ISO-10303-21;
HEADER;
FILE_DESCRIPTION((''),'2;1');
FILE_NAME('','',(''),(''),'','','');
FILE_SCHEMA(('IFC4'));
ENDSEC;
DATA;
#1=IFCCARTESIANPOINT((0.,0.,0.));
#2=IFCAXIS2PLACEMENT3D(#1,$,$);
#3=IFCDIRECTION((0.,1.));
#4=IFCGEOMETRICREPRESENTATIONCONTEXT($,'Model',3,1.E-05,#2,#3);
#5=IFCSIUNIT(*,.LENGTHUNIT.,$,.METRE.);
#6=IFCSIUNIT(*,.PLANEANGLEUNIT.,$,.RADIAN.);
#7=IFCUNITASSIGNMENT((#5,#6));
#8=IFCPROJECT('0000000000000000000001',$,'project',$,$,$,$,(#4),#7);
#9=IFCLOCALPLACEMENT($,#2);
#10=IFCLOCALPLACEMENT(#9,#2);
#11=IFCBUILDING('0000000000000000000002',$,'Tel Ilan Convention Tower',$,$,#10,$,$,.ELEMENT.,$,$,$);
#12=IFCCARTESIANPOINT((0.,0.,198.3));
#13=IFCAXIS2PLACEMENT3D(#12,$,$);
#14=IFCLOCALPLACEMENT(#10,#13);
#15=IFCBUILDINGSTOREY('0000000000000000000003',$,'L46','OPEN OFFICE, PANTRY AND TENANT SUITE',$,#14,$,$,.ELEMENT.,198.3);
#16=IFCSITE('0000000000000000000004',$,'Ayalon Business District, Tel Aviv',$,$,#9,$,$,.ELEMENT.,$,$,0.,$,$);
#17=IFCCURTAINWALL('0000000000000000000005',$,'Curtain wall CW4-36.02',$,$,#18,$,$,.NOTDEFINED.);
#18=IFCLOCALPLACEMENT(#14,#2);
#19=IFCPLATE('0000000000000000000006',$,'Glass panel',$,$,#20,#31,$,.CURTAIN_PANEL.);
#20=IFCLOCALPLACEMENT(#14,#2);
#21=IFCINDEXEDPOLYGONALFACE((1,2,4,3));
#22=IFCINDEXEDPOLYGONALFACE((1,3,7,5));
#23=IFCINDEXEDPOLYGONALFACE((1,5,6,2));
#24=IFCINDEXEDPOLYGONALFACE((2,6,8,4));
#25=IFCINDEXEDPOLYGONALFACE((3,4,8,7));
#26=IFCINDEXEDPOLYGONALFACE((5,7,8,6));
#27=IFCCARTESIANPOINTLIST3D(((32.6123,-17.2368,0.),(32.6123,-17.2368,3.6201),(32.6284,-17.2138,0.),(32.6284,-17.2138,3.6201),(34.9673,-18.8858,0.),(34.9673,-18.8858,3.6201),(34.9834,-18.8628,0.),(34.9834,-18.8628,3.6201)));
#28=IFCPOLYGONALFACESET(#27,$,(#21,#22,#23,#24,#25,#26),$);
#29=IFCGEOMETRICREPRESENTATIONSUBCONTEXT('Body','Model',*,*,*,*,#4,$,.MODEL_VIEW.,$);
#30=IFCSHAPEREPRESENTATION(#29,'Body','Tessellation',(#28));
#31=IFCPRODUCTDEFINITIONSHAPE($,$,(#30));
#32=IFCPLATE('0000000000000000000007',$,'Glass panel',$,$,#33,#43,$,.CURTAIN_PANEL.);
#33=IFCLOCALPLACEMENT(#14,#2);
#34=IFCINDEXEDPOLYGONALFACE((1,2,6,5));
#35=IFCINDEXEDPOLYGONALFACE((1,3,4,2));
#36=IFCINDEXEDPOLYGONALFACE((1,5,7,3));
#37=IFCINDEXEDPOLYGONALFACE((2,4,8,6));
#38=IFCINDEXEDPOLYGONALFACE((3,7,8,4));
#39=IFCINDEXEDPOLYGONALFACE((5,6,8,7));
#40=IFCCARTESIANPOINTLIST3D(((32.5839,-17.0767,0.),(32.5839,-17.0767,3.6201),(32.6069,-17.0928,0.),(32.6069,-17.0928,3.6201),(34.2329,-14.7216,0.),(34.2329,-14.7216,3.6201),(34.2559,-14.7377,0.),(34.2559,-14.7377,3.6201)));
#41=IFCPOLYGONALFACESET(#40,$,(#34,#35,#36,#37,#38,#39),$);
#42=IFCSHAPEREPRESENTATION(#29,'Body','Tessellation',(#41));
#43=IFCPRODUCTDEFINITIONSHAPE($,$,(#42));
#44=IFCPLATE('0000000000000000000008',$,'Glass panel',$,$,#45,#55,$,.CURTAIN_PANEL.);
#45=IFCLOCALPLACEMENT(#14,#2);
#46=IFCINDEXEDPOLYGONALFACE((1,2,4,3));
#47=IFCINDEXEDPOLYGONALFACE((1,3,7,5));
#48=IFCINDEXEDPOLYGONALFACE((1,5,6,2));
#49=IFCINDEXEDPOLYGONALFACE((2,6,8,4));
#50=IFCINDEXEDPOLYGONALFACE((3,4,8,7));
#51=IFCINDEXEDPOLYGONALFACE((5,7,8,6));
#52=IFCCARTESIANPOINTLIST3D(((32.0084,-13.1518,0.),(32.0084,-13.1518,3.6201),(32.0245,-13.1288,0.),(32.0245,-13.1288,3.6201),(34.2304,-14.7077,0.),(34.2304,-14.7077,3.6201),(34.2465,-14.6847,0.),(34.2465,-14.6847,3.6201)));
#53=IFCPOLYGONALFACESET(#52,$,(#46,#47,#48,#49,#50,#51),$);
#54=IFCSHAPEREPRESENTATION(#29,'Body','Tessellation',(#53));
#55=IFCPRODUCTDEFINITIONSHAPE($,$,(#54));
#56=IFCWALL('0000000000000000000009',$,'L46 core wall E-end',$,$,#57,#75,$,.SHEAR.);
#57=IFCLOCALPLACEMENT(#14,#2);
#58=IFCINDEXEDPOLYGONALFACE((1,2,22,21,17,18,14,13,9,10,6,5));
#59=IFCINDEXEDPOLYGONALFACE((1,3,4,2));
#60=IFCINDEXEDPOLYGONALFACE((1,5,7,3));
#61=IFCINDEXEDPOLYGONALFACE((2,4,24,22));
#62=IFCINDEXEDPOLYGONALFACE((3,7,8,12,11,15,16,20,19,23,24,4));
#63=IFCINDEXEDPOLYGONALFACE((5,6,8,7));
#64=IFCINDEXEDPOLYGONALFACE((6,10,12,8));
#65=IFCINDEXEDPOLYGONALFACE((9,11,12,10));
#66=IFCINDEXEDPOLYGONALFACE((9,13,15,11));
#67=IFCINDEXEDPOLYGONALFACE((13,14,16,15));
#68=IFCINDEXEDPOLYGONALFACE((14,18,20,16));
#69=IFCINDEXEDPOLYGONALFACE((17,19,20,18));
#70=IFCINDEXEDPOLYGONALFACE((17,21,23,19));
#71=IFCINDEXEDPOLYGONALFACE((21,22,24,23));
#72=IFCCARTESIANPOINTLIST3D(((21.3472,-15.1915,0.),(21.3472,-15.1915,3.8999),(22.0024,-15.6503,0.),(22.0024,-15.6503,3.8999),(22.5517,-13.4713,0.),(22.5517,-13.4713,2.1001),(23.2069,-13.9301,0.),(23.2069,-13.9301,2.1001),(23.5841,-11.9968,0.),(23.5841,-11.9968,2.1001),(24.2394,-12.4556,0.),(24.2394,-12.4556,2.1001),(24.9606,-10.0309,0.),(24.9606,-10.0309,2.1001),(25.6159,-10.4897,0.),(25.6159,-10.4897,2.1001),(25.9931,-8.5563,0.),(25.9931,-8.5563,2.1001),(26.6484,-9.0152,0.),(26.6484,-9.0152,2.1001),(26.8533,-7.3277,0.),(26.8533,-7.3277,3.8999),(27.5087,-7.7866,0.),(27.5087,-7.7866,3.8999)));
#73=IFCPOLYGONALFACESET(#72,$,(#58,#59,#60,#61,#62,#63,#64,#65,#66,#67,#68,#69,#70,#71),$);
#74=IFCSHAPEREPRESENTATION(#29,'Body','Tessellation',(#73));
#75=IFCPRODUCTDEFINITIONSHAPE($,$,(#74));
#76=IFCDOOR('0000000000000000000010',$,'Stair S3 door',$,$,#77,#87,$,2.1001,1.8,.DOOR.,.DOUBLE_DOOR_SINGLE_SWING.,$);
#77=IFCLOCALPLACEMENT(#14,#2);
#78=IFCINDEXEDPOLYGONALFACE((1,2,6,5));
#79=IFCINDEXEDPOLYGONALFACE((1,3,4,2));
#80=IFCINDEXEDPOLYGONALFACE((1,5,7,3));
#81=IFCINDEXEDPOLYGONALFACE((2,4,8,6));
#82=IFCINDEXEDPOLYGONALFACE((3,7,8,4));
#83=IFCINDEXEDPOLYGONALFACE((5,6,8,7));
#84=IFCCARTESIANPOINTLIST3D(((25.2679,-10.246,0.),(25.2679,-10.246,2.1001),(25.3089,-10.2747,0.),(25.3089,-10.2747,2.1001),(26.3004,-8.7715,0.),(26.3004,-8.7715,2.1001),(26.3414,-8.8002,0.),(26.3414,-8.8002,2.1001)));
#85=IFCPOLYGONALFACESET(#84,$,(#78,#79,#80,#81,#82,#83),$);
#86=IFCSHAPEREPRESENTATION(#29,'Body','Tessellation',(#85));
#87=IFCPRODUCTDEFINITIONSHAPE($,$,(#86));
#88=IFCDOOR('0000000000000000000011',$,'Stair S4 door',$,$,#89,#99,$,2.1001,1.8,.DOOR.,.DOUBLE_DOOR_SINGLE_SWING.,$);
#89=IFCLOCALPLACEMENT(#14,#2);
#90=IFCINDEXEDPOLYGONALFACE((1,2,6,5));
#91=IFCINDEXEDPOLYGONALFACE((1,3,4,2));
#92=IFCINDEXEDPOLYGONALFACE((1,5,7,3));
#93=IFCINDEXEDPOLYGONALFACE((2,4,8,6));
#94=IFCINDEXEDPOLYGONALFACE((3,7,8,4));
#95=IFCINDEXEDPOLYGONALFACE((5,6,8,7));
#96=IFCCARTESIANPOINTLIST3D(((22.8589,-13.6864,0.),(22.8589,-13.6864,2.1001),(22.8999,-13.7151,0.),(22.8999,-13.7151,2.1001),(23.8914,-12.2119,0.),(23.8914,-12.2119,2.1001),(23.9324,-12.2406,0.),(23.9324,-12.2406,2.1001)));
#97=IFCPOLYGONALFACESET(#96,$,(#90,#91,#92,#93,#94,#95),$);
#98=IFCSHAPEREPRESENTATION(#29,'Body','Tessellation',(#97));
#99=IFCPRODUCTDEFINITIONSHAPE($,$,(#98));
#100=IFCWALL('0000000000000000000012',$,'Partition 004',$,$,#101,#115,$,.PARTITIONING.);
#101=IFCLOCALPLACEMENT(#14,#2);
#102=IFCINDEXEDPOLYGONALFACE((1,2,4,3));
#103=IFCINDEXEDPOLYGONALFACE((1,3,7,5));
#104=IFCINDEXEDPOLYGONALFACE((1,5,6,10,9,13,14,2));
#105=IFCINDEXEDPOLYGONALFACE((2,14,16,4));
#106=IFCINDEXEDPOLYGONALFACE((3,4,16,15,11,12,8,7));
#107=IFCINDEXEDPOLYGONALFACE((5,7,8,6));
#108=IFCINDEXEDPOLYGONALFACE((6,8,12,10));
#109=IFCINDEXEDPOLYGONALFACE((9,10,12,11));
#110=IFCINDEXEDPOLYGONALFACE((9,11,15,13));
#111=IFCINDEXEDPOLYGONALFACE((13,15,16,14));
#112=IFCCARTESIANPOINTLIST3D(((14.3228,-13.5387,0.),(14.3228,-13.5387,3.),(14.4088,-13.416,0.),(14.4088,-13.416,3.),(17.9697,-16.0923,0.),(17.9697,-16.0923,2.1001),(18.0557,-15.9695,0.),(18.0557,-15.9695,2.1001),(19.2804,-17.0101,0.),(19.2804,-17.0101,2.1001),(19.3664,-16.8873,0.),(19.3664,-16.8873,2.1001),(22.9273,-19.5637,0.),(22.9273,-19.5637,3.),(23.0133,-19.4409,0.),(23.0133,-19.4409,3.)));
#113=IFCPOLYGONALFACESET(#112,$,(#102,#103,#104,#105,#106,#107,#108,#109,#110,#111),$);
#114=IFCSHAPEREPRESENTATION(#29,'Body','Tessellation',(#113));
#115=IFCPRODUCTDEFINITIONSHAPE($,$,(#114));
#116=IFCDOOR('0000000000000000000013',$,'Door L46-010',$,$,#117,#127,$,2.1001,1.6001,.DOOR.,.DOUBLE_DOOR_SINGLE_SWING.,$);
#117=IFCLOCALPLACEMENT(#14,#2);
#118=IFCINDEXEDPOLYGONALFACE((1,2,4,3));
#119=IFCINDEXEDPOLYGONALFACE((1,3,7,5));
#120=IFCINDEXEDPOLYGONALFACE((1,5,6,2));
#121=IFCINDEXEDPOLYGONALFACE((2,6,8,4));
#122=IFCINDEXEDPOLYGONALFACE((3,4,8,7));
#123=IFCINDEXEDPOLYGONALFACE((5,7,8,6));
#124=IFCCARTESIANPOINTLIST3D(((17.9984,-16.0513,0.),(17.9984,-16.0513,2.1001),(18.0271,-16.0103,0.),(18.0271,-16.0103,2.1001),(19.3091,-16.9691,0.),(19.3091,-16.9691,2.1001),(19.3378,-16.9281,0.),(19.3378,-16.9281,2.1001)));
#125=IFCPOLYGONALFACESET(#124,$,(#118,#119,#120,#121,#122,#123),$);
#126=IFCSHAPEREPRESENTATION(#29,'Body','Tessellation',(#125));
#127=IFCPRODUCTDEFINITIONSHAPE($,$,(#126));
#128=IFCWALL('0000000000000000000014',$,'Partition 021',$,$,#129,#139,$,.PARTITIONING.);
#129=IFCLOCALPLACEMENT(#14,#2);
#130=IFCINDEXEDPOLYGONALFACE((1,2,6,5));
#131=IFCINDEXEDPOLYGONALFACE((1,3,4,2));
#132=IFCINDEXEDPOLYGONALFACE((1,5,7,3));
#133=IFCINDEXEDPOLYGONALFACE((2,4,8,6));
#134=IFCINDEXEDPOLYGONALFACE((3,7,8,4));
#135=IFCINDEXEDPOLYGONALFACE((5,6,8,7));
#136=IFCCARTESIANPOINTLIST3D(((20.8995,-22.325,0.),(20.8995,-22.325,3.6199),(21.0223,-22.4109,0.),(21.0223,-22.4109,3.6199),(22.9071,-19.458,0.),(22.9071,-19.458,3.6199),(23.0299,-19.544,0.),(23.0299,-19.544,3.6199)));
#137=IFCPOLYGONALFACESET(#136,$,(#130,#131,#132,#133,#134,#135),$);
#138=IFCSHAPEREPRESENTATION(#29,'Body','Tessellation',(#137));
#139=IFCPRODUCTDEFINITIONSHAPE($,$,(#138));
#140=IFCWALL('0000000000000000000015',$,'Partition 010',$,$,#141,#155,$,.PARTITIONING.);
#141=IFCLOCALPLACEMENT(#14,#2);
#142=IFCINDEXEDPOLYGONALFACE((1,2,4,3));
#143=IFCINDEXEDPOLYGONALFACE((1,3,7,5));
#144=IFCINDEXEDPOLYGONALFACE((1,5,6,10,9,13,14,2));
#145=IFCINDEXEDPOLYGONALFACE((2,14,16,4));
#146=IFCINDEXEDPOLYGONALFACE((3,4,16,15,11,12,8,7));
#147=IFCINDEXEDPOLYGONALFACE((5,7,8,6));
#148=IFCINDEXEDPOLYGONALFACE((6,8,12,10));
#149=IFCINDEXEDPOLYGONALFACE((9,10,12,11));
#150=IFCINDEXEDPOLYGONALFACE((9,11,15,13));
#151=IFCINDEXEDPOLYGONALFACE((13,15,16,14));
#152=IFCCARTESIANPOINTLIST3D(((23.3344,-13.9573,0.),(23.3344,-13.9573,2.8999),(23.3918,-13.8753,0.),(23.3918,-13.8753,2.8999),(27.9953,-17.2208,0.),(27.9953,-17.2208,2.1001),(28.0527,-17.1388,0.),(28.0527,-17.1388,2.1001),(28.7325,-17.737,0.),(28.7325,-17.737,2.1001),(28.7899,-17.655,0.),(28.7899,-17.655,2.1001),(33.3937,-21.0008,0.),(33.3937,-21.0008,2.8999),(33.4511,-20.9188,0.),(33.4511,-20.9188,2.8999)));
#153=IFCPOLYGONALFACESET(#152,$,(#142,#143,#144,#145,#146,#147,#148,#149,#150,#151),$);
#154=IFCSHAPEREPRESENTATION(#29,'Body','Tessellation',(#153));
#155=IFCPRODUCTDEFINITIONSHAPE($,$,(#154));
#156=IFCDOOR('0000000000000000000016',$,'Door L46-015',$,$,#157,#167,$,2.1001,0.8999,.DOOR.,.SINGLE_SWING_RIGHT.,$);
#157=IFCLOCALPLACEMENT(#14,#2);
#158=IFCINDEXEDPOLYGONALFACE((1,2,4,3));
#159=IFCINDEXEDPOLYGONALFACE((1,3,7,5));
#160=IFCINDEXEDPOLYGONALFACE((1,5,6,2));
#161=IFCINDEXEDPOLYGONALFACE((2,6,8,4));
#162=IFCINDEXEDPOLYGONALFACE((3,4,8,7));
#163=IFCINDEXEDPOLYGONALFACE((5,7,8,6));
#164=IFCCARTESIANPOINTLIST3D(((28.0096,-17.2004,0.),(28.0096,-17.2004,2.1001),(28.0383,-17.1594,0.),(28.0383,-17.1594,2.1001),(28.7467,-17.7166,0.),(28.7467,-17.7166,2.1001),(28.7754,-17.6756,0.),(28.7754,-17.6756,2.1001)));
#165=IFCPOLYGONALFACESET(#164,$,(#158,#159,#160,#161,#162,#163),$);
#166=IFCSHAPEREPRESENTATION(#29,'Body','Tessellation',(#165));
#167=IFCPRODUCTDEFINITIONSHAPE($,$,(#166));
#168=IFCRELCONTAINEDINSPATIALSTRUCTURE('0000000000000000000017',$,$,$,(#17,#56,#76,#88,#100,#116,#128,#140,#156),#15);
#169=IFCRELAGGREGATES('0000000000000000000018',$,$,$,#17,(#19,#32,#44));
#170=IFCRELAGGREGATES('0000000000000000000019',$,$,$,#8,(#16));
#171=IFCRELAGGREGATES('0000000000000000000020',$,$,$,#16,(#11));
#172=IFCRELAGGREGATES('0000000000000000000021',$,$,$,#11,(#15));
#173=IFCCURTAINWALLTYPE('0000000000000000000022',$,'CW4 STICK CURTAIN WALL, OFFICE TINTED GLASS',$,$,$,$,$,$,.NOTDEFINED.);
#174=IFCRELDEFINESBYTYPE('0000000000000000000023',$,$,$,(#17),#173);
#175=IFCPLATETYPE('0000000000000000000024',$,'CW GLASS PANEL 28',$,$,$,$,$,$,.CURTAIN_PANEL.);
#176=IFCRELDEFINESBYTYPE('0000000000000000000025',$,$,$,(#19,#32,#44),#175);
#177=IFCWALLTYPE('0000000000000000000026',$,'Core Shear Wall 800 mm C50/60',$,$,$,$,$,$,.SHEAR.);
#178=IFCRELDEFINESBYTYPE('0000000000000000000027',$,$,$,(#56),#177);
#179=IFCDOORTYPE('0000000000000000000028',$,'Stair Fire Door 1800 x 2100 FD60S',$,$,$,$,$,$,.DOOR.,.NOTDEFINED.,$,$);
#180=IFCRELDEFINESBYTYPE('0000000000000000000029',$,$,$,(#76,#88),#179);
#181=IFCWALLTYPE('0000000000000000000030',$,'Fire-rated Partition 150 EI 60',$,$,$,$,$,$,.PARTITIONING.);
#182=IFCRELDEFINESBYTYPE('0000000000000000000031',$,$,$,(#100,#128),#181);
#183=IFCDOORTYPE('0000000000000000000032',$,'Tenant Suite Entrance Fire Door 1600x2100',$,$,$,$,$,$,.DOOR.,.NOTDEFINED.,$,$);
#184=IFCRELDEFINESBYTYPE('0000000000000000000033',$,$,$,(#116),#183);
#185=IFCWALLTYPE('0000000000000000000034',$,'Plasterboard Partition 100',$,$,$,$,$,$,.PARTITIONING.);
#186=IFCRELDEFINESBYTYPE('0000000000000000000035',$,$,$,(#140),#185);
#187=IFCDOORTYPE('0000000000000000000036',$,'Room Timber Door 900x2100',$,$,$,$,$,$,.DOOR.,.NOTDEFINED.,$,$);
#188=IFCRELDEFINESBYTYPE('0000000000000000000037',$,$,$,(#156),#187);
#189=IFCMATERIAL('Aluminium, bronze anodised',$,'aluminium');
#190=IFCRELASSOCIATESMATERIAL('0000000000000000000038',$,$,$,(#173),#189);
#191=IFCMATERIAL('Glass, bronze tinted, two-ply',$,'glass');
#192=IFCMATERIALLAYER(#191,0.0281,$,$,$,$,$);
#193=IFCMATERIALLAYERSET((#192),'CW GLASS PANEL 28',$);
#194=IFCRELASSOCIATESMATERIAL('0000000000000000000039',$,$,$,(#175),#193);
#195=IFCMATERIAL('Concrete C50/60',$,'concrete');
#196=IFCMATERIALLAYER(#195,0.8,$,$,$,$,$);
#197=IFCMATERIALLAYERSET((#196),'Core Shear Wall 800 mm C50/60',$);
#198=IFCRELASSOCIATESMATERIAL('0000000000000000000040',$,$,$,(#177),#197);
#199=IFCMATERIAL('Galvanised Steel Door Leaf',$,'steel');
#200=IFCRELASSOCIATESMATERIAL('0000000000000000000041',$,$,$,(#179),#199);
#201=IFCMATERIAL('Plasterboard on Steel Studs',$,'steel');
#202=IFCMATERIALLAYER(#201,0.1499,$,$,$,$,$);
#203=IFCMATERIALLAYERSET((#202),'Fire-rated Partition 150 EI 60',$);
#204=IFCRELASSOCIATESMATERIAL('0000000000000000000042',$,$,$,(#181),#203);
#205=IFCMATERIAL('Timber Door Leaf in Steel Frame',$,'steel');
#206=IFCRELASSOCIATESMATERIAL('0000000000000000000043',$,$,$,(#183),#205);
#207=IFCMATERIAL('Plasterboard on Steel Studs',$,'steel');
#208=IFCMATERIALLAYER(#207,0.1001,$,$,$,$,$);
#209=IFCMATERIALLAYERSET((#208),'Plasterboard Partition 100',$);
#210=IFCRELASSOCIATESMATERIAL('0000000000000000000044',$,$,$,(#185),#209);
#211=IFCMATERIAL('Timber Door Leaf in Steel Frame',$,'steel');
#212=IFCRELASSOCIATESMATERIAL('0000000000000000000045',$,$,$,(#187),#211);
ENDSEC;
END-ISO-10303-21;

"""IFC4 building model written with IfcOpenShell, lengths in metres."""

from ifc_helpers import new_model, si_unit, direction, frame, frame_2d, origin, origin_2d, place, context, subcontext, project, spatial, polyline, rectangle, outline, extrude, material, layer, layer_set, type_object, element, fill, aggregate, save


model = new_model("IFC4")

# Units and contexts
model_context = context("Model", 3, precision=1e-05, world=origin(), true_north=direction((0.0, 1.0)))
body_context = subcontext(model_context, "Body", "Model", "MODEL_VIEW")
ifc_project = project(units=[si_unit("LENGTHUNIT", "METRE"), si_unit("PLANEANGLEUNIT", "RADIAN")], contexts=[model_context])

# Site, building, storey
site_placement = place(None, origin())
site = spatial("IfcSite", under=ifc_project, at=site_placement, Name="Ayalon Business District, Tel Aviv", CompositionType="ELEMENT", RefElevation=0.0)
building_placement = place(site_placement, origin())
building = spatial("IfcBuilding", under=site, at=building_placement, Name="Tel Ilan Convention Tower", CompositionType="ELEMENT")
storey_placement = place(building_placement, frame((0.0, 0.0, 198.3)))
storey = spatial("IfcBuildingStorey", under=building, at=storey_placement, Name="L46", Description="OPEN OFFICE, PANTRY AND TENANT SUITE", CompositionType="ELEMENT", Elevation=198.3)

# Curtain wall, plates
ifc_material_1 = material(Name="Aluminium, bronze anodised", Category="aluminium")
curtain_wall_type = type_object("IfcCurtainWallType", Name="CW4 STICK CURTAIN WALL, OFFICE TINTED GLASS", PredefinedType="NOTDEFINED", material=ifc_material_1)
curtain_wall_placement = place(storey_placement, origin())
curtain_wall = element("IfcCurtainWall", 1, at=curtain_wall_placement, inside=storey, type_object=curtain_wall_type, Name="Curtain wall CW4-36.02", PredefinedType="NOTDEFINED")
ifc_material_2 = material(Name="Glass, bronze tinted, two-ply", Category="glass")
ifc_layer_1 = layer(ifc_material_2, 0.0281)
ifc_layer_set_1 = layer_set([ifc_layer_1], Name="CW GLASS PANEL 28")
plate_type = type_object("IfcPlateType", Name="CW GLASS PANEL 28", PredefinedType="CURTAIN_PANEL", material=ifc_layer_set_1)
plate_1_placement = place(storey_placement, frame((33.7979, -18.0498, 0.0), z_axis=(0.0, 0.0, 1.0), x_axis=(-0.819152, 0.573576, 0.0)))
plate_1 = element("IfcPlate", 2, at=plate_1_placement, type_object=plate_type, Name="Glass panel", PredefinedType="CURTAIN_PANEL", context=body_context, shape_type="SweptSolid", body=[
    extrude(rectangle(XDim=2.875, YDim=0.0281, at=origin_2d()), origin(), (0.0, 0.0, 1.0), 3.6201),
])
plate_2_placement = place(storey_placement, frame((33.4199, -15.9072, 0.0), z_axis=(0.0, 0.0, 1.0), x_axis=(0.573576, 0.819152, 0.0)))
plate_2 = element("IfcPlate", 3, at=plate_2_placement, type_object=plate_type, Name="Glass panel", PredefinedType="CURTAIN_PANEL", context=body_context, shape_type="SweptSolid", body=[
    extrude(rectangle(XDim=2.875, YDim=0.0281, at=origin_2d()), origin(), (0.0, 0.0, 1.0), 3.6201),
])
plate_3_placement = place(storey_placement, frame((33.1274, -13.9182, 0.0), z_axis=(0.0, 0.0, 1.0), x_axis=(-0.819152, 0.573576, 0.0)))
plate_3 = element("IfcPlate", 4, at=plate_3_placement, type_object=plate_type, Name="Glass panel", PredefinedType="CURTAIN_PANEL", context=body_context, shape_type="SweptSolid", body=[
    extrude(rectangle(XDim=2.7126, YDim=0.0281, at=origin_2d()), origin(), (0.0, 0.0, 1.0), 3.6201),
])
aggregate(curtain_wall, [plate_1, plate_2, plate_3])

# Wall, openings, doors
ifc_material_3 = material(Name="Concrete C50/60", Category="concrete")
ifc_layer_2 = layer(ifc_material_3, 0.8)
ifc_layer_set_2 = layer_set([ifc_layer_2], Name="Core Shear Wall 800 mm C50/60")
wall_type_1 = type_object("IfcWallType", Name="Core Shear Wall 800 mm C50/60", PredefinedType="SHEAR", material=ifc_layer_set_2)
wall_1_placement = place(storey_placement, frame((21.6748, -15.4209, 0.0), z_axis=(0.0, 0.0, 1.0), x_axis=(0.573582, 0.819148, 0.0)))
wall_1 = element("IfcWall", 5, at=wall_1_placement, inside=storey, type_object=wall_type_1, Name="L46 core wall E-end", PredefinedType="SHEAR", context=body_context, shape_type="SweptSolid", body=[
    extrude(outline(polyline([(9.5999, 0.4001), (0.0, 0.3999), (0.0, -0.3999), (9.5999, -0.3999), (9.5999, 0.4001)])), origin(), (0.0, 0.0, 1.0), 3.8999),
])
opening_1_placement = place(wall_1_placement, frame((6.3, 0.0, 0.0)))
opening_1 = element("IfcOpeningElement", 6, at=opening_1_placement, cuts=wall_1, PredefinedType="OPENING", context=body_context, shape_type="SweptSolid", body=[
    extrude(rectangle(XDim=1.8, YDim=2.1001, at=frame_2d((0.8999, 1.05))), frame((0.0, 0.4099, 0.0), z_axis=(0.0, -1.0, 0.0), x_axis=(1.0, 0.0, 0.0)), (0.0, 0.0, 1.0), 0.8201),
])
opening_2_placement = place(wall_1_placement, frame((2.1001, 0.0, 0.0)))
opening_2 = element("IfcOpeningElement", 7, at=opening_2_placement, cuts=wall_1, PredefinedType="OPENING", context=body_context, shape_type="SweptSolid", body=[
    extrude(rectangle(XDim=1.8, YDim=2.1001, at=frame_2d((0.8999, 1.05))), frame((0.0, 0.4099, 0.0), z_axis=(0.0, -1.0, 0.0), x_axis=(1.0, 0.0, 0.0)), (0.0, 0.0, 1.0), 0.8201),
])
ifc_material_4 = material(Name="Galvanised Steel Door Leaf", Category="steel")
door_type_1 = type_object("IfcDoorType", Name="Stair Fire Door 1800 x 2100 FD60S", OperationType="NOTDEFINED", PredefinedType="DOOR", material=ifc_material_4)
door_1_placement = place(opening_1_placement, origin())
door_1 = element("IfcDoor", 8, at=door_1_placement, inside=storey, type_object=door_type_1, Name="Stair S3 door", OperationType="DOUBLE_DOOR_SINGLE_SWING", OverallHeight=2.1001, OverallWidth=1.8, PredefinedType="DOOR", context=body_context, shape_type="SweptSolid", body=[
    extrude(rectangle(XDim=1.8, YDim=2.1001, at=frame_2d((0.8999, 1.05))), frame((0.0, 0.0249, 0.0), z_axis=(0.0, -1.0, 0.0), x_axis=(1.0, 0.0, 0.0)), (0.0, 0.0, 1.0), 0.05),
])
fill(opening_1, door_1)
door_2_placement = place(opening_2_placement, origin())
door_2 = element("IfcDoor", 9, at=door_2_placement, inside=storey, type_object=door_type_1, Name="Stair S4 door", OperationType="DOUBLE_DOOR_SINGLE_SWING", OverallHeight=2.1001, OverallWidth=1.8, PredefinedType="DOOR", context=body_context, shape_type="SweptSolid", body=[
    extrude(rectangle(XDim=1.8, YDim=2.1001, at=frame_2d((0.8999, 1.05))), frame((0.0, 0.0249, 0.0), z_axis=(0.0, -1.0, 0.0), x_axis=(1.0, 0.0, 0.0)), (0.0, 0.0, 1.0), 0.05),
])
fill(opening_2, door_2)

# Wall, opening, door
ifc_material_5 = material(Name="Plasterboard on Steel Studs", Category="steel")
ifc_layer_3 = layer(ifc_material_5, 0.1499)
ifc_layer_set_3 = layer_set([ifc_layer_3], Name="Fire-rated Partition 150 EI 60")
wall_type_2 = type_object("IfcWallType", Name="Fire-rated Partition 150 EI 60", PredefinedType="PARTITIONING", material=ifc_layer_set_3)
wall_2_placement = place(storey_placement, frame((22.9702, -19.5022, 0.0), z_axis=(0.0, 0.0, 1.0), x_axis=(-0.819153, 0.573575, 0.0)))
wall_2 = element("IfcWall", 10, at=wall_2_placement, inside=storey, type_object=wall_type_2, Name="Partition 004", PredefinedType="PARTITIONING", context=body_context, shape_type="SweptSolid", body=[
    extrude(rectangle(XDim=10.5042, YDim=0.1499, at=frame_2d((5.252, 0.0))), origin(), (0.0, 0.0, 1.0), 3.0),
])
opening_3_placement = place(wall_2_placement, frame((4.4519, 0.0, 0.0)))
opening_3 = element("IfcOpeningElement", 11, at=opening_3_placement, cuts=wall_2, PredefinedType="OPENING", context=body_context, shape_type="SweptSolid", body=[
    extrude(rectangle(XDim=1.6001, YDim=2.1001, at=frame_2d((0.8, 1.05))), frame((0.0, 0.085, 0.0), z_axis=(0.0, -1.0, 0.0), x_axis=(1.0, 0.0, 0.0)), (0.0, 0.0, 1.0), 0.1699),
])
ifc_material_6 = material(Name="Timber Door Leaf in Steel Frame", Category="steel")
door_type_2 = type_object("IfcDoorType", Name="Tenant Suite Entrance Fire Door 1600x2100", OperationType="NOTDEFINED", PredefinedType="DOOR", material=ifc_material_6)
door_3_placement = place(opening_3_placement, origin())
door_3 = element("IfcDoor", 12, at=door_3_placement, inside=storey, type_object=door_type_2, Name="Door L46-010", OperationType="DOUBLE_DOOR_SINGLE_SWING", OverallHeight=2.1001, OverallWidth=1.6001, PredefinedType="DOOR", context=body_context, shape_type="SweptSolid", body=[
    extrude(rectangle(XDim=1.6001, YDim=2.1001, at=frame_2d((0.8, 1.05))), frame((0.0, 0.0249, 0.0), z_axis=(0.0, -1.0, 0.0), x_axis=(1.0, 0.0, 0.0)), (0.0, 0.0, 1.0), 0.05),
])
fill(opening_3, door_3)

# Wall
wall_3_placement = place(storey_placement, frame((22.9685, -19.501, 0.0), z_axis=(0.0, 0.0, 1.0), x_axis=(-0.573598, -0.819137, 0.0)))
element("IfcWall", 13, at=wall_3_placement, inside=storey, type_object=wall_type_2, Name="Partition 021", PredefinedType="PARTITIONING", context=body_context, shape_type="SweptSolid", body=[
    extrude(rectangle(XDim=3.5, YDim=0.1499, at=frame_2d((1.75, 0.0))), origin(), (0.0, 0.0, 1.0), 3.6199),
])

# Wall, opening, door
ifc_material_7 = material(Name="Plasterboard on Steel Studs", Category="steel")
ifc_layer_4 = layer(ifc_material_7, 0.1001)
ifc_layer_set_4 = layer_set([ifc_layer_4], Name="Plasterboard Partition 100")
wall_type_3 = type_object("IfcWallType", Name="Plasterboard Partition 100", PredefinedType="PARTITIONING", material=ifc_layer_set_4)
wall_4_placement = place(storey_placement, frame((23.363, -13.9163, 0.0), z_axis=(0.0, 0.0, 1.0), x_axis=(0.819158, -0.573568, 0.0)))
wall_4 = element("IfcWall", 14, at=wall_4_placement, inside=storey, type_object=wall_type_3, Name="Partition 010", PredefinedType="PARTITIONING", context=body_context, shape_type="SweptSolid", body=[
    extrude(rectangle(XDim=12.28, YDim=0.1001, at=frame_2d((6.1401, 0.0))), origin(), (0.0, 0.0, 1.0), 2.8999),
])
opening_4_placement = place(wall_4_placement, frame((5.6899, 0.0, 0.0)))
opening_4 = element("IfcOpeningElement", 15, at=opening_4_placement, cuts=wall_4, PredefinedType="OPENING", context=body_context, shape_type="SweptSolid", body=[
    extrude(rectangle(XDim=0.8999, YDim=2.1001, at=frame_2d((0.45, 1.05))), frame((0.0, 0.0601, 0.0), z_axis=(0.0, -1.0, 0.0), x_axis=(1.0, 0.0, 0.0)), (0.0, 0.0, 1.0), 0.1201),
])
ifc_material_8 = material(Name="Timber Door Leaf in Steel Frame", Category="steel")
door_type_3 = type_object("IfcDoorType", Name="Room Timber Door 900x2100", OperationType="NOTDEFINED", PredefinedType="DOOR", material=ifc_material_8)
door_4_placement = place(opening_4_placement, origin())
door_4 = element("IfcDoor", 16, at=door_4_placement, inside=storey, type_object=door_type_3, Name="Door L46-015", OperationType="SINGLE_SWING_RIGHT", OverallHeight=2.1001, OverallWidth=0.8999, PredefinedType="DOOR", context=body_context, shape_type="SweptSolid", body=[
    extrude(rectangle(XDim=0.8999, YDim=2.1001, at=frame_2d((0.45, 1.05))), frame((0.0, 0.0249, 0.0), z_axis=(0.0, -1.0, 0.0), x_axis=(1.0, 0.0, 0.0)), (0.0, 0.0, 1.0), 0.05),
])
fill(opening_4, door_4)

save(model, "model.ifc")
